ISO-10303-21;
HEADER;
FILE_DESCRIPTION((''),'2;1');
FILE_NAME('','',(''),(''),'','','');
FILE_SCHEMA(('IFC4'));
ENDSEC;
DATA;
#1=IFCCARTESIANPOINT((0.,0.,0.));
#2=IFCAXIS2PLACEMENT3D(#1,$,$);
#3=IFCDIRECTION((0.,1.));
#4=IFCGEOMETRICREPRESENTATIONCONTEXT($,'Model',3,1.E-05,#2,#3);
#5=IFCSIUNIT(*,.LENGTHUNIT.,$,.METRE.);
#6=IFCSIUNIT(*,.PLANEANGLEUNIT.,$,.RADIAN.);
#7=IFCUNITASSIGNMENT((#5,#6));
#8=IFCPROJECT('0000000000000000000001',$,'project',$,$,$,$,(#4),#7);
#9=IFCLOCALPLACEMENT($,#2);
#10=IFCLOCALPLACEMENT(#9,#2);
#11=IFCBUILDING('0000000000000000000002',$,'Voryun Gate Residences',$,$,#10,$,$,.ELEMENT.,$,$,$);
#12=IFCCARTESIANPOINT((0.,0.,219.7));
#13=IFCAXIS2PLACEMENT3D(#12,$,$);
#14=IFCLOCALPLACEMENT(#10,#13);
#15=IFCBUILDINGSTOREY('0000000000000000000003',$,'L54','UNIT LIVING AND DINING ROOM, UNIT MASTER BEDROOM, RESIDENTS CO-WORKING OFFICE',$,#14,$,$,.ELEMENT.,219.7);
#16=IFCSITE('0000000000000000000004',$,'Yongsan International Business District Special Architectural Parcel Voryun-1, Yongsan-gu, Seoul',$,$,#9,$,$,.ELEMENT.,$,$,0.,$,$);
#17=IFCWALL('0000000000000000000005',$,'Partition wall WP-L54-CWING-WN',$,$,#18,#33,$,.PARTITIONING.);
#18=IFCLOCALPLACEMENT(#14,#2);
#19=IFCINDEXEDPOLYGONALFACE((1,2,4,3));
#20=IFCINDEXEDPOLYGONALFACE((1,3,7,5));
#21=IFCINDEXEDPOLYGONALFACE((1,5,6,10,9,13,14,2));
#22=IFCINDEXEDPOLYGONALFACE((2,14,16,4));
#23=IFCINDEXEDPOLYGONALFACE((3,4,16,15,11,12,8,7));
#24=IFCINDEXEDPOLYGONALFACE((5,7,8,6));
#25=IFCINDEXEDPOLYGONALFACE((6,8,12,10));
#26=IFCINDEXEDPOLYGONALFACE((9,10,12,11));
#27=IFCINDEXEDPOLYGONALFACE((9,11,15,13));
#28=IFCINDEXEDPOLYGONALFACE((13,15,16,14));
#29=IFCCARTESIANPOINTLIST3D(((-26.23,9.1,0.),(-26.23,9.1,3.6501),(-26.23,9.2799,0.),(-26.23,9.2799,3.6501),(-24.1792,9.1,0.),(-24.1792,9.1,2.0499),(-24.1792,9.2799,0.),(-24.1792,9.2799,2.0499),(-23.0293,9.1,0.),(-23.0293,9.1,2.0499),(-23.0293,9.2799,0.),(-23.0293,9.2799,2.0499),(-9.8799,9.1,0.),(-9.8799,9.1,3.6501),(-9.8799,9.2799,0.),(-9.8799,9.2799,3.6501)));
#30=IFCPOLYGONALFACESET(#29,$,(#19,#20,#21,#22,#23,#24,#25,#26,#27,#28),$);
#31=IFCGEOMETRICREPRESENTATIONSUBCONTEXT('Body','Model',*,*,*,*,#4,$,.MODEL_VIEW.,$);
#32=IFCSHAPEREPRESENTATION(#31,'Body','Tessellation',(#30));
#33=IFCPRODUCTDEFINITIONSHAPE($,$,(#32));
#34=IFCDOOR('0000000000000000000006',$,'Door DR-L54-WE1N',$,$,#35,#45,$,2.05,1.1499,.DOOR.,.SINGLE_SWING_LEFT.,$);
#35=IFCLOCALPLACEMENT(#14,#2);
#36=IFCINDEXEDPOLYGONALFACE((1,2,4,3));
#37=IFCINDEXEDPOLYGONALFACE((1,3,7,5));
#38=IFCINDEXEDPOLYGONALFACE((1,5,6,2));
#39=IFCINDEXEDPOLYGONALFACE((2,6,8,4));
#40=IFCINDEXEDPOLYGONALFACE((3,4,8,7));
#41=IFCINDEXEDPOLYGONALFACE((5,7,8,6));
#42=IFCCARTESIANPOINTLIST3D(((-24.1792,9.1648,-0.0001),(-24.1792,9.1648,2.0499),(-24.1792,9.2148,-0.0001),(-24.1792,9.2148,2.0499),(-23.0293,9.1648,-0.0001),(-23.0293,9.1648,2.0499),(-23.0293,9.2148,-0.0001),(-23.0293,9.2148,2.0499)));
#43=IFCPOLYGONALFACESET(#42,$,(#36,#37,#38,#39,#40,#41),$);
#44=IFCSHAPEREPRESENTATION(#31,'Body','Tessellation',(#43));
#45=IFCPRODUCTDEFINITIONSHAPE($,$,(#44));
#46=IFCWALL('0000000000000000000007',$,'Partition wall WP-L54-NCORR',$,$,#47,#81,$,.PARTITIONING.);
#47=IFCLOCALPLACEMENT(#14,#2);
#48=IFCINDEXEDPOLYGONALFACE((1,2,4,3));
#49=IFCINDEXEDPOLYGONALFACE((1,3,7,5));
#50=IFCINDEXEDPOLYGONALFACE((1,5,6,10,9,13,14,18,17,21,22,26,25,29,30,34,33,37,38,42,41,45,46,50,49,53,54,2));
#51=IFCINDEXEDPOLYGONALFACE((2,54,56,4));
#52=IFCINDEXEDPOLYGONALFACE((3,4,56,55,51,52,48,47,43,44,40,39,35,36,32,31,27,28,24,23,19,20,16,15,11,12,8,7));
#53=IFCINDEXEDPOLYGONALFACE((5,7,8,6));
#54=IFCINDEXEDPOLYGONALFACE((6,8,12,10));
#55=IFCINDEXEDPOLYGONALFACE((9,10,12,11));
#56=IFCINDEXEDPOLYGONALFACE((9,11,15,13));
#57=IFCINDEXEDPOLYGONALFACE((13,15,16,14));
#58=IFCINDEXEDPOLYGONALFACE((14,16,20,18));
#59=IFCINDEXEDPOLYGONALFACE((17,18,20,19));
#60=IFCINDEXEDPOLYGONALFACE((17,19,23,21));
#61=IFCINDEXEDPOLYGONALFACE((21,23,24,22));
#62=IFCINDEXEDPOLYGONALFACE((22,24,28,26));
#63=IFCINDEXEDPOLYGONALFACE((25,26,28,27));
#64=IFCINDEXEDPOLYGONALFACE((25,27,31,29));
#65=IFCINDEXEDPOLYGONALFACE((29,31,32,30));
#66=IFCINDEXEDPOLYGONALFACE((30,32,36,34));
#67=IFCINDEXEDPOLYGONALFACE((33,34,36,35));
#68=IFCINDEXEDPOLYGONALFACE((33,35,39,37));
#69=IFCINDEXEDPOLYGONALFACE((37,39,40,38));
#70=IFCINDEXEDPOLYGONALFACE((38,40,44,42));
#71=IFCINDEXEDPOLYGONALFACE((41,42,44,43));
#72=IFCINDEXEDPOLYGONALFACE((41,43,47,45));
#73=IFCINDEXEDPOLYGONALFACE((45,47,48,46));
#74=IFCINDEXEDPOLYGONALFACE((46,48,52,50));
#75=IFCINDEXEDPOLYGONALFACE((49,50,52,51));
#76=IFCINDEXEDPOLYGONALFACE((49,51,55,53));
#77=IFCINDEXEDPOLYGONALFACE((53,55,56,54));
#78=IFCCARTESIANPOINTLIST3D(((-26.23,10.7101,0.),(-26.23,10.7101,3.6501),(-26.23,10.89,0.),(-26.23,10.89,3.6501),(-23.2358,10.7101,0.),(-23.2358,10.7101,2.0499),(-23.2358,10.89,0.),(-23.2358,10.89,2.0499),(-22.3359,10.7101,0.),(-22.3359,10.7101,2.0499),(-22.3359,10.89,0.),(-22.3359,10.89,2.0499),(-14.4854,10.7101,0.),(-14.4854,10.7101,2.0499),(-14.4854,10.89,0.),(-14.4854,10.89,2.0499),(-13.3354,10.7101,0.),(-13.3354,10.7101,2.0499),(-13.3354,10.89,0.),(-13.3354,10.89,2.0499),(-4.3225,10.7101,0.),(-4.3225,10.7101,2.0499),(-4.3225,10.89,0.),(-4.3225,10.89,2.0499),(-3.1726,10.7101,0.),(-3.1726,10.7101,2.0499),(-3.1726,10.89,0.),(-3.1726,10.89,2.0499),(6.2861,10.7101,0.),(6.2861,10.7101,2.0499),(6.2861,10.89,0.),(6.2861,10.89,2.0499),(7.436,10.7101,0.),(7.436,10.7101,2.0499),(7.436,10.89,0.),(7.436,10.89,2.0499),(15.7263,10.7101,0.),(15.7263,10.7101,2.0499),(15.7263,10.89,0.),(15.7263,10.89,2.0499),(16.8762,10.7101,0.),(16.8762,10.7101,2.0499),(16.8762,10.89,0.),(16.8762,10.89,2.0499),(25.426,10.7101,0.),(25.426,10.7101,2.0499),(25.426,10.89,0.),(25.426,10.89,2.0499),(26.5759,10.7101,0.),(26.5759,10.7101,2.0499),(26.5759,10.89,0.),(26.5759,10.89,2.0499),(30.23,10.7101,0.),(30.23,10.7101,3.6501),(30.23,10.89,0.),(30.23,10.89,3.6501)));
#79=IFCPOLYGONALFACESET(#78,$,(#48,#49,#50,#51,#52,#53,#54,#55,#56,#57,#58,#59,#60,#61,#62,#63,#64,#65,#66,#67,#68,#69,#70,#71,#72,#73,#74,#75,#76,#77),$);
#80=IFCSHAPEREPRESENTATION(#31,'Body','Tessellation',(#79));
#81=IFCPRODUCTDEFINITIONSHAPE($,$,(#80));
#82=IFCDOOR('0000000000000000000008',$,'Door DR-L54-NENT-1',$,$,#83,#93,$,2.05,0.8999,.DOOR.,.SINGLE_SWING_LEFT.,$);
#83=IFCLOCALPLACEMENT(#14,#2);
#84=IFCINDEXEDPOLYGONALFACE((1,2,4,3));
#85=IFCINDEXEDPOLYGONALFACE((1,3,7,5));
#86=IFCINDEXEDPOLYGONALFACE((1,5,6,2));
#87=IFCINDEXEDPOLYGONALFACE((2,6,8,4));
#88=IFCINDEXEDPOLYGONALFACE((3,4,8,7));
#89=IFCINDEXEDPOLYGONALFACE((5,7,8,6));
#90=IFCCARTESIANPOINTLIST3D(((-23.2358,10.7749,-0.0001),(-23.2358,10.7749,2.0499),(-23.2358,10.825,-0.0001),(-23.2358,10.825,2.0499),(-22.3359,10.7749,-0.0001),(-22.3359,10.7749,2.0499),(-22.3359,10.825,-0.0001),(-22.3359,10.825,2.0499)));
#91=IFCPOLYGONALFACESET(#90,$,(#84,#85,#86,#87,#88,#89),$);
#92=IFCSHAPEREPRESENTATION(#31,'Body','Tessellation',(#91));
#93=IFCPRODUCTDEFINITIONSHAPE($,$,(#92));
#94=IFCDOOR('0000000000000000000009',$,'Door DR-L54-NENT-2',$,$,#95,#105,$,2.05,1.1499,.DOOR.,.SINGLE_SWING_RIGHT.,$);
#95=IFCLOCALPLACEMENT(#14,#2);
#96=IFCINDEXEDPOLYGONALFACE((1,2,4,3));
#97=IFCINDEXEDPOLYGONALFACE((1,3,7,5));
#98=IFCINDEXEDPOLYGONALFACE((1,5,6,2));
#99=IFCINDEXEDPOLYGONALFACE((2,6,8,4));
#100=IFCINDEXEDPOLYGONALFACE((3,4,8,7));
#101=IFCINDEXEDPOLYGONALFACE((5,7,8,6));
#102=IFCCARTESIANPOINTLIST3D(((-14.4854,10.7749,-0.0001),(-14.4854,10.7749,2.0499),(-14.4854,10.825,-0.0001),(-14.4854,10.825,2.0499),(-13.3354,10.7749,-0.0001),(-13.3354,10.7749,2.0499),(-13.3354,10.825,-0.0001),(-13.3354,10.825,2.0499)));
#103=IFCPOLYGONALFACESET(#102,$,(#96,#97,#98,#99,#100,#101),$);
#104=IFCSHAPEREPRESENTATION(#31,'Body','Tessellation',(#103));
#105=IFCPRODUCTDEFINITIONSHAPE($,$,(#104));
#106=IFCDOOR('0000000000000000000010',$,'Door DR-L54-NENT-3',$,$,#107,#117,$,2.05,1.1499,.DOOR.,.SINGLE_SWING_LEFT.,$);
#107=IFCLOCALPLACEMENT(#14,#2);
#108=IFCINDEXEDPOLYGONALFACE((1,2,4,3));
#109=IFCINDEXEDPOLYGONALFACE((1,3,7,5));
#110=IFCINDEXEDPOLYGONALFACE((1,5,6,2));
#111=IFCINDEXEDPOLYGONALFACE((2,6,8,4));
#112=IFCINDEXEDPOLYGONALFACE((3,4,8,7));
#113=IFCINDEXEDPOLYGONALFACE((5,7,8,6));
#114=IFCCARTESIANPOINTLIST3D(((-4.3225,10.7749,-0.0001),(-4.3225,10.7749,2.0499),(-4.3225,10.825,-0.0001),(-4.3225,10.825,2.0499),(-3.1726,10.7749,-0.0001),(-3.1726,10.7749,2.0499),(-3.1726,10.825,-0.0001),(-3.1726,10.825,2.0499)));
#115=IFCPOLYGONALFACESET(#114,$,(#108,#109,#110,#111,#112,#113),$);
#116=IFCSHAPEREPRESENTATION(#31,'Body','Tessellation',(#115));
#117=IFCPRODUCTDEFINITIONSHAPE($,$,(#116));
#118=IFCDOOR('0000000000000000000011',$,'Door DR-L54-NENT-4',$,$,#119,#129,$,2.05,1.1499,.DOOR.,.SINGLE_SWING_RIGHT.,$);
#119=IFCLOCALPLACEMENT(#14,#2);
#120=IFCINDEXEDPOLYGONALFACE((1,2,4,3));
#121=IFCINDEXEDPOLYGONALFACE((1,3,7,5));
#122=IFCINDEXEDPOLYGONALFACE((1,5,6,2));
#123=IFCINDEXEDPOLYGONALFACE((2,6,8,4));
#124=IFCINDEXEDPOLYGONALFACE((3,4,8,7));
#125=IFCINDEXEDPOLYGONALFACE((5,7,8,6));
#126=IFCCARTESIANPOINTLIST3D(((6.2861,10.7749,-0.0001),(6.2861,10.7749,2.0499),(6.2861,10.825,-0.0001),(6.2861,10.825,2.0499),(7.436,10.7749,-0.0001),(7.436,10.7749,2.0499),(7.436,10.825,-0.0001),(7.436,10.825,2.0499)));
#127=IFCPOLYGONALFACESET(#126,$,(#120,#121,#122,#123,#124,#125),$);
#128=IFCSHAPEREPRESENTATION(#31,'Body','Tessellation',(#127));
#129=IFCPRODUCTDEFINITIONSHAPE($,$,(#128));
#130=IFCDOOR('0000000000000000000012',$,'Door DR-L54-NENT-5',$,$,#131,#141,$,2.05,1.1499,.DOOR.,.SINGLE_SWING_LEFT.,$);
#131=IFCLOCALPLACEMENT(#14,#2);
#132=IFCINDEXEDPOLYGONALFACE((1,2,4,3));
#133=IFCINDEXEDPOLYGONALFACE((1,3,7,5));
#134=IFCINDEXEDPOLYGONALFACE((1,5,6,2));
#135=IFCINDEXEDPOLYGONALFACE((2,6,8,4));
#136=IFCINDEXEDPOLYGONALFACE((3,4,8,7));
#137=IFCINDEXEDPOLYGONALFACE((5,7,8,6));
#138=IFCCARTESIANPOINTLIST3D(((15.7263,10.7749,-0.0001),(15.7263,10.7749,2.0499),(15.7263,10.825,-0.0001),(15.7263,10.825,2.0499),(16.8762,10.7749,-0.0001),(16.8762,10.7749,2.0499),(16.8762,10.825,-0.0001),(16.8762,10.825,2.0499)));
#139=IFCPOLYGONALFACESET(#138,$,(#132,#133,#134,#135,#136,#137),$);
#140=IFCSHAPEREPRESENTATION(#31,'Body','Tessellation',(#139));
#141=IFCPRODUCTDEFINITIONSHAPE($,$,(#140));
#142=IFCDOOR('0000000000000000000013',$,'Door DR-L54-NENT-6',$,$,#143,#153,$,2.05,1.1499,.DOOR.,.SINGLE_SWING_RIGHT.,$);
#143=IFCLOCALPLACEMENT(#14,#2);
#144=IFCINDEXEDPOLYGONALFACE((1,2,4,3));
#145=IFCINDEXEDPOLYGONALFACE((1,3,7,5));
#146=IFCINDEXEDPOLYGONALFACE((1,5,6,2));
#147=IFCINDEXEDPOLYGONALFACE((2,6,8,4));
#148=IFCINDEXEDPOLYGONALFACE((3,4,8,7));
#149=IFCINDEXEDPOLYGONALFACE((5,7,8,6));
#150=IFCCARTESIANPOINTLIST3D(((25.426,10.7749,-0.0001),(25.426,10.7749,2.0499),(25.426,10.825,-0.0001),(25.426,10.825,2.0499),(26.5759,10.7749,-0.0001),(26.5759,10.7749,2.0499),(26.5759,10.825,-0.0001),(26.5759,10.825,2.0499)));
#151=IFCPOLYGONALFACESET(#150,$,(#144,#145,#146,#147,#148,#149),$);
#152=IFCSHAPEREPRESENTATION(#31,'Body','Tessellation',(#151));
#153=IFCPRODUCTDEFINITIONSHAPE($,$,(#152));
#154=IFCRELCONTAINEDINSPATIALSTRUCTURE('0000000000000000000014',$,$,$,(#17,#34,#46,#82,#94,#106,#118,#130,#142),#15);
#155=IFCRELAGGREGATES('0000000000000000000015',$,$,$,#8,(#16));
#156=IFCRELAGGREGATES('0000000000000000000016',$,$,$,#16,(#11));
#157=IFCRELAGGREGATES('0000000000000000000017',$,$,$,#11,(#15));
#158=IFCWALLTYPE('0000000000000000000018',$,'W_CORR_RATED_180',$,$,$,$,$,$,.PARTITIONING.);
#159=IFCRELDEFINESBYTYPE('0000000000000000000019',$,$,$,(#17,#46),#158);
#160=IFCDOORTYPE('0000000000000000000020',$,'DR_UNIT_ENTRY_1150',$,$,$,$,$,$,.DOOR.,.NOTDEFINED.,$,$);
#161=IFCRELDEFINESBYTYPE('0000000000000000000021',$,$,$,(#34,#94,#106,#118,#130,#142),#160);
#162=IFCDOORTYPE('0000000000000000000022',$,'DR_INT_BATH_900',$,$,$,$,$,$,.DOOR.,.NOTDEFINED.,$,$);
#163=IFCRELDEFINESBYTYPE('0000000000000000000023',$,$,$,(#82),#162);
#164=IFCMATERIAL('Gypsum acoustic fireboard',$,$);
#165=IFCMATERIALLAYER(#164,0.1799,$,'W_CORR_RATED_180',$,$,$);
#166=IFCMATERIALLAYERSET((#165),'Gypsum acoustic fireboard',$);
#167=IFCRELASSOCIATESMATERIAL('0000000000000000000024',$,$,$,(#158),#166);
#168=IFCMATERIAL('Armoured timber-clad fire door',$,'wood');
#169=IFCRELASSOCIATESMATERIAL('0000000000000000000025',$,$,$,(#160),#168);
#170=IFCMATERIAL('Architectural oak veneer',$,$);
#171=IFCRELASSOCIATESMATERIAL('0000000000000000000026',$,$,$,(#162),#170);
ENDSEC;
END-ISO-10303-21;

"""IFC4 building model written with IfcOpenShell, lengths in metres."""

from ifc_helpers import new_model, si_unit, direction, frame, frame_2d, origin, place, context, subcontext, project, spatial, rectangle, extrude, material, layer, layer_set, type_object, element, fill, save


model = new_model("IFC4")

# Units and contexts
model_context = context("Model", 3, precision=1e-05, world=origin(), true_north=direction((0.0, 1.0)))
body_context = subcontext(model_context, "Body", "Model", "MODEL_VIEW")
ifc_project = project(units=[si_unit("LENGTHUNIT", "METRE"), si_unit("PLANEANGLEUNIT", "RADIAN")], contexts=[model_context])

# Site, building, storey
site_placement = place(None, origin())
site = spatial("IfcSite", under=ifc_project, at=site_placement, Name="Yongsan International Business District Special Architectural Parcel Voryun-1, Yongsan-gu, Seoul", CompositionType="ELEMENT", RefElevation=0.0)
building_placement = place(site_placement, origin())
building = spatial("IfcBuilding", under=site, at=building_placement, Name="Voryun Gate Residences", CompositionType="ELEMENT")
storey_placement = place(building_placement, frame((0.0, 0.0, 219.7)))
storey = spatial("IfcBuildingStorey", under=building, at=storey_placement, Name="L54", Description="UNIT LIVING AND DINING ROOM, UNIT MASTER BEDROOM, RESIDENTS CO-WORKING OFFICE", CompositionType="ELEMENT", Elevation=219.7)

# Wall, opening, door
ifc_material_1 = material(Name="Gypsum acoustic fireboard")
ifc_layer_1 = layer(ifc_material_1, 0.1799, Name="W_CORR_RATED_180")
ifc_layer_set_1 = layer_set([ifc_layer_1], Name="Gypsum acoustic fireboard")
wall_type_1 = type_object("IfcWallType", Name="W_CORR_RATED_180", PredefinedType="PARTITIONING", material=ifc_layer_set_1)
wall_1_placement = place(storey_placement, frame((-26.23, 9.1899, 0.0), z_axis=(0.0, 0.0, 1.0), x_axis=(1.0, 0.0, 0.0)))
wall_1 = element("IfcWall", 1, at=wall_1_placement, inside=storey, type_object=wall_type_1, Name="Partition wall WP-L54-CWING-WN", PredefinedType="PARTITIONING", context=body_context, shape_type="SweptSolid", body=[
    extrude(rectangle(XDim=16.3501, YDim=0.1799, at=frame_2d((8.175, 0.0))), origin(), (0.0, 0.0, 1.0), 3.6501),
])
opening_1_placement = place(wall_1_placement, frame((2.0508, 0.0, 0.0)))
opening_1 = element("IfcOpeningElement", 2, at=opening_1_placement, cuts=wall_1, PredefinedType="OPENING", context=body_context, shape_type="SweptSolid", body=[
    extrude(rectangle(XDim=1.1499, YDim=2.05, at=frame_2d((0.575, 1.0249))), frame((0.0, 0.0999, 0.0), z_axis=(0.0, -1.0, 0.0), x_axis=(1.0, 0.0, 0.0)), (0.0, 0.0, 1.0), 0.2),
])
ifc_material_2 = material(Name="Armoured timber-clad fire door", Category="wood")
door_type_1 = type_object("IfcDoorType", Name="DR_UNIT_ENTRY_1150", OperationType="NOTDEFINED", PredefinedType="DOOR", material=ifc_material_2)
door_1_placement = place(opening_1_placement, origin())
door_1 = element("IfcDoor", 3, at=door_1_placement, inside=storey, type_object=door_type_1, Name="Door DR-L54-WE1N", OperationType="SINGLE_SWING_LEFT", OverallHeight=2.05, OverallWidth=1.1499, PredefinedType="DOOR", context=body_context, shape_type="SweptSolid", body=[
    extrude(rectangle(XDim=1.1499, YDim=2.05, at=frame_2d((0.575, 1.0249))), frame((0.0, 0.0249, 0.0), z_axis=(0.0, -1.0, 0.0), x_axis=(1.0, 0.0, 0.0)), (0.0, 0.0, 1.0), 0.05),
])
fill(opening_1, door_1)

# Wall, openings, doors
wall_2_placement = place(storey_placement, frame((-26.23, 10.8, 0.0), z_axis=(0.0, 0.0, 1.0), x_axis=(1.0, 0.0, 0.0)))
wall_2 = element("IfcWall", 4, at=wall_2_placement, inside=storey, type_object=wall_type_1, Name="Partition wall WP-L54-NCORR", PredefinedType="PARTITIONING", context=body_context, shape_type="SweptSolid", body=[
    extrude(rectangle(XDim=56.46, YDim=0.1799, at=frame_2d((28.23, 0.0))), origin(), (0.0, 0.0, 1.0), 3.6501),
])
opening_2_placement = place(wall_2_placement, frame((2.9941, 0.0, 0.0)))
opening_2 = element("IfcOpeningElement", 5, at=opening_2_placement, cuts=wall_2, PredefinedType="OPENING", context=body_context, shape_type="SweptSolid", body=[
    extrude(rectangle(XDim=0.8999, YDim=2.05, at=frame_2d((0.45, 1.0249))), frame((0.0, 0.0999, 0.0), z_axis=(0.0, -1.0, 0.0), x_axis=(1.0, 0.0, 0.0)), (0.0, 0.0, 1.0), 0.2),
])
opening_3_placement = place(wall_2_placement, frame((11.7446, 0.0, 0.0)))
opening_3 = element("IfcOpeningElement", 6, at=opening_3_placement, cuts=wall_2, PredefinedType="OPENING", context=body_context, shape_type="SweptSolid", body=[
    extrude(rectangle(XDim=1.1499, YDim=2.05, at=frame_2d((0.575, 1.0249))), frame((0.0, 0.0999, 0.0), z_axis=(0.0, -1.0, 0.0), x_axis=(1.0, 0.0, 0.0)), (0.0, 0.0, 1.0), 0.2),
])
opening_4_placement = place(wall_2_placement, frame((21.9075, 0.0, 0.0)))
opening_4 = element("IfcOpeningElement", 7, at=opening_4_placement, cuts=wall_2, PredefinedType="OPENING", context=body_context, shape_type="SweptSolid", body=[
    extrude(rectangle(XDim=1.1499, YDim=2.05, at=frame_2d((0.575, 1.0249))), frame((0.0, 0.0999, 0.0), z_axis=(0.0, -1.0, 0.0), x_axis=(1.0, 0.0, 0.0)), (0.0, 0.0, 1.0), 0.2),
])
opening_5_placement = place(wall_2_placement, frame((32.5161, 0.0, 0.0)))
opening_5 = element("IfcOpeningElement", 8, at=opening_5_placement, cuts=wall_2, PredefinedType="OPENING", context=body_context, shape_type="SweptSolid", body=[
    extrude(rectangle(XDim=1.1499, YDim=2.05, at=frame_2d((0.575, 1.0249))), frame((0.0, 0.0999, 0.0), z_axis=(0.0, -1.0, 0.0), x_axis=(1.0, 0.0, 0.0)), (0.0, 0.0, 1.0), 0.2),
])
opening_6_placement = place(wall_2_placement, frame((41.9563, 0.0, 0.0)))
opening_6 = element("IfcOpeningElement", 9, at=opening_6_placement, cuts=wall_2, PredefinedType="OPENING", context=body_context, shape_type="SweptSolid", body=[
    extrude(rectangle(XDim=1.1499, YDim=2.05, at=frame_2d((0.575, 1.0249))), frame((0.0, 0.0999, 0.0), z_axis=(0.0, -1.0, 0.0), x_axis=(1.0, 0.0, 0.0)), (0.0, 0.0, 1.0), 0.2),
])
opening_7_placement = place(wall_2_placement, frame((51.656, 0.0, 0.0)))
opening_7 = element("IfcOpeningElement", 10, at=opening_7_placement, cuts=wall_2, PredefinedType="OPENING", context=body_context, shape_type="SweptSolid", body=[
    extrude(rectangle(XDim=1.1499, YDim=2.05, at=frame_2d((0.575, 1.0249))), frame((0.0, 0.0999, 0.0), z_axis=(0.0, -1.0, 0.0), x_axis=(1.0, 0.0, 0.0)), (0.0, 0.0, 1.0), 0.2),
])
ifc_material_3 = material(Name="Architectural oak veneer")
door_type_2 = type_object("IfcDoorType", Name="DR_INT_BATH_900", OperationType="NOTDEFINED", PredefinedType="DOOR", material=ifc_material_3)
door_2_placement = place(opening_2_placement, origin())
door_2 = element("IfcDoor", 11, at=door_2_placement, inside=storey, type_object=door_type_2, Name="Door DR-L54-NENT-1", OperationType="SINGLE_SWING_LEFT", OverallHeight=2.05, OverallWidth=0.8999, PredefinedType="DOOR", context=body_context, shape_type="SweptSolid", body=[
    extrude(rectangle(XDim=0.8999, YDim=2.05, at=frame_2d((0.45, 1.0249))), frame((0.0, 0.0249, 0.0), z_axis=(0.0, -1.0, 0.0), x_axis=(1.0, 0.0, 0.0)), (0.0, 0.0, 1.0), 0.05),
])
fill(opening_2, door_2)
door_3_placement = place(opening_3_placement, origin())
door_3 = element("IfcDoor", 12, at=door_3_placement, inside=storey, type_object=door_type_1, Name="Door DR-L54-NENT-2", OperationType="SINGLE_SWING_RIGHT", OverallHeight=2.05, OverallWidth=1.1499, PredefinedType="DOOR", context=body_context, shape_type="SweptSolid", body=[
    extrude(rectangle(XDim=1.1499, YDim=2.05, at=frame_2d((0.575, 1.0249))), frame((0.0, 0.0249, 0.0), z_axis=(0.0, -1.0, 0.0), x_axis=(1.0, 0.0, 0.0)), (0.0, 0.0, 1.0), 0.05),
])
fill(opening_3, door_3)
door_4_placement = place(opening_4_placement, origin())
door_4 = element("IfcDoor", 13, at=door_4_placement, inside=storey, type_object=door_type_1, Name="Door DR-L54-NENT-3", OperationType="SINGLE_SWING_LEFT", OverallHeight=2.05, OverallWidth=1.1499, PredefinedType="DOOR", context=body_context, shape_type="SweptSolid", body=[
    extrude(rectangle(XDim=1.1499, YDim=2.05, at=frame_2d((0.575, 1.0249))), frame((0.0, 0.0249, 0.0), z_axis=(0.0, -1.0, 0.0), x_axis=(1.0, 0.0, 0.0)), (0.0, 0.0, 1.0), 0.05),
])
fill(opening_4, door_4)
door_5_placement = place(opening_5_placement, origin())
door_5 = element("IfcDoor", 14, at=door_5_placement, inside=storey, type_object=door_type_1, Name="Door DR-L54-NENT-4", OperationType="SINGLE_SWING_RIGHT", OverallHeight=2.05, OverallWidth=1.1499, PredefinedType="DOOR", context=body_context, shape_type="SweptSolid", body=[
    extrude(rectangle(XDim=1.1499, YDim=2.05, at=frame_2d((0.575, 1.0249))), frame((0.0, 0.0249, 0.0), z_axis=(0.0, -1.0, 0.0), x_axis=(1.0, 0.0, 0.0)), (0.0, 0.0, 1.0), 0.05),
])
fill(opening_5, door_5)
door_6_placement = place(opening_6_placement, origin())
door_6 = element("IfcDoor", 15, at=door_6_placement, inside=storey, type_object=door_type_1, Name="Door DR-L54-NENT-5", OperationType="SINGLE_SWING_LEFT", OverallHeight=2.05, OverallWidth=1.1499, PredefinedType="DOOR", context=body_context, shape_type="SweptSolid", body=[
    extrude(rectangle(XDim=1.1499, YDim=2.05, at=frame_2d((0.575, 1.0249))), frame((0.0, 0.0249, 0.0), z_axis=(0.0, -1.0, 0.0), x_axis=(1.0, 0.0, 0.0)), (0.0, 0.0, 1.0), 0.05),
])
fill(opening_6, door_6)
door_7_placement = place(opening_7_placement, origin())
door_7 = element("IfcDoor", 16, at=door_7_placement, inside=storey, type_object=door_type_1, Name="Door DR-L54-NENT-6", OperationType="SINGLE_SWING_RIGHT", OverallHeight=2.05, OverallWidth=1.1499, PredefinedType="DOOR", context=body_context, shape_type="SweptSolid", body=[
    extrude(rectangle(XDim=1.1499, YDim=2.05, at=frame_2d((0.575, 1.0249))), frame((0.0, 0.0249, 0.0), z_axis=(0.0, -1.0, 0.0), x_axis=(1.0, 0.0, 0.0)), (0.0, 0.0, 1.0), 0.05),
])
fill(opening_7, door_7)

save(model, "model.ifc")
